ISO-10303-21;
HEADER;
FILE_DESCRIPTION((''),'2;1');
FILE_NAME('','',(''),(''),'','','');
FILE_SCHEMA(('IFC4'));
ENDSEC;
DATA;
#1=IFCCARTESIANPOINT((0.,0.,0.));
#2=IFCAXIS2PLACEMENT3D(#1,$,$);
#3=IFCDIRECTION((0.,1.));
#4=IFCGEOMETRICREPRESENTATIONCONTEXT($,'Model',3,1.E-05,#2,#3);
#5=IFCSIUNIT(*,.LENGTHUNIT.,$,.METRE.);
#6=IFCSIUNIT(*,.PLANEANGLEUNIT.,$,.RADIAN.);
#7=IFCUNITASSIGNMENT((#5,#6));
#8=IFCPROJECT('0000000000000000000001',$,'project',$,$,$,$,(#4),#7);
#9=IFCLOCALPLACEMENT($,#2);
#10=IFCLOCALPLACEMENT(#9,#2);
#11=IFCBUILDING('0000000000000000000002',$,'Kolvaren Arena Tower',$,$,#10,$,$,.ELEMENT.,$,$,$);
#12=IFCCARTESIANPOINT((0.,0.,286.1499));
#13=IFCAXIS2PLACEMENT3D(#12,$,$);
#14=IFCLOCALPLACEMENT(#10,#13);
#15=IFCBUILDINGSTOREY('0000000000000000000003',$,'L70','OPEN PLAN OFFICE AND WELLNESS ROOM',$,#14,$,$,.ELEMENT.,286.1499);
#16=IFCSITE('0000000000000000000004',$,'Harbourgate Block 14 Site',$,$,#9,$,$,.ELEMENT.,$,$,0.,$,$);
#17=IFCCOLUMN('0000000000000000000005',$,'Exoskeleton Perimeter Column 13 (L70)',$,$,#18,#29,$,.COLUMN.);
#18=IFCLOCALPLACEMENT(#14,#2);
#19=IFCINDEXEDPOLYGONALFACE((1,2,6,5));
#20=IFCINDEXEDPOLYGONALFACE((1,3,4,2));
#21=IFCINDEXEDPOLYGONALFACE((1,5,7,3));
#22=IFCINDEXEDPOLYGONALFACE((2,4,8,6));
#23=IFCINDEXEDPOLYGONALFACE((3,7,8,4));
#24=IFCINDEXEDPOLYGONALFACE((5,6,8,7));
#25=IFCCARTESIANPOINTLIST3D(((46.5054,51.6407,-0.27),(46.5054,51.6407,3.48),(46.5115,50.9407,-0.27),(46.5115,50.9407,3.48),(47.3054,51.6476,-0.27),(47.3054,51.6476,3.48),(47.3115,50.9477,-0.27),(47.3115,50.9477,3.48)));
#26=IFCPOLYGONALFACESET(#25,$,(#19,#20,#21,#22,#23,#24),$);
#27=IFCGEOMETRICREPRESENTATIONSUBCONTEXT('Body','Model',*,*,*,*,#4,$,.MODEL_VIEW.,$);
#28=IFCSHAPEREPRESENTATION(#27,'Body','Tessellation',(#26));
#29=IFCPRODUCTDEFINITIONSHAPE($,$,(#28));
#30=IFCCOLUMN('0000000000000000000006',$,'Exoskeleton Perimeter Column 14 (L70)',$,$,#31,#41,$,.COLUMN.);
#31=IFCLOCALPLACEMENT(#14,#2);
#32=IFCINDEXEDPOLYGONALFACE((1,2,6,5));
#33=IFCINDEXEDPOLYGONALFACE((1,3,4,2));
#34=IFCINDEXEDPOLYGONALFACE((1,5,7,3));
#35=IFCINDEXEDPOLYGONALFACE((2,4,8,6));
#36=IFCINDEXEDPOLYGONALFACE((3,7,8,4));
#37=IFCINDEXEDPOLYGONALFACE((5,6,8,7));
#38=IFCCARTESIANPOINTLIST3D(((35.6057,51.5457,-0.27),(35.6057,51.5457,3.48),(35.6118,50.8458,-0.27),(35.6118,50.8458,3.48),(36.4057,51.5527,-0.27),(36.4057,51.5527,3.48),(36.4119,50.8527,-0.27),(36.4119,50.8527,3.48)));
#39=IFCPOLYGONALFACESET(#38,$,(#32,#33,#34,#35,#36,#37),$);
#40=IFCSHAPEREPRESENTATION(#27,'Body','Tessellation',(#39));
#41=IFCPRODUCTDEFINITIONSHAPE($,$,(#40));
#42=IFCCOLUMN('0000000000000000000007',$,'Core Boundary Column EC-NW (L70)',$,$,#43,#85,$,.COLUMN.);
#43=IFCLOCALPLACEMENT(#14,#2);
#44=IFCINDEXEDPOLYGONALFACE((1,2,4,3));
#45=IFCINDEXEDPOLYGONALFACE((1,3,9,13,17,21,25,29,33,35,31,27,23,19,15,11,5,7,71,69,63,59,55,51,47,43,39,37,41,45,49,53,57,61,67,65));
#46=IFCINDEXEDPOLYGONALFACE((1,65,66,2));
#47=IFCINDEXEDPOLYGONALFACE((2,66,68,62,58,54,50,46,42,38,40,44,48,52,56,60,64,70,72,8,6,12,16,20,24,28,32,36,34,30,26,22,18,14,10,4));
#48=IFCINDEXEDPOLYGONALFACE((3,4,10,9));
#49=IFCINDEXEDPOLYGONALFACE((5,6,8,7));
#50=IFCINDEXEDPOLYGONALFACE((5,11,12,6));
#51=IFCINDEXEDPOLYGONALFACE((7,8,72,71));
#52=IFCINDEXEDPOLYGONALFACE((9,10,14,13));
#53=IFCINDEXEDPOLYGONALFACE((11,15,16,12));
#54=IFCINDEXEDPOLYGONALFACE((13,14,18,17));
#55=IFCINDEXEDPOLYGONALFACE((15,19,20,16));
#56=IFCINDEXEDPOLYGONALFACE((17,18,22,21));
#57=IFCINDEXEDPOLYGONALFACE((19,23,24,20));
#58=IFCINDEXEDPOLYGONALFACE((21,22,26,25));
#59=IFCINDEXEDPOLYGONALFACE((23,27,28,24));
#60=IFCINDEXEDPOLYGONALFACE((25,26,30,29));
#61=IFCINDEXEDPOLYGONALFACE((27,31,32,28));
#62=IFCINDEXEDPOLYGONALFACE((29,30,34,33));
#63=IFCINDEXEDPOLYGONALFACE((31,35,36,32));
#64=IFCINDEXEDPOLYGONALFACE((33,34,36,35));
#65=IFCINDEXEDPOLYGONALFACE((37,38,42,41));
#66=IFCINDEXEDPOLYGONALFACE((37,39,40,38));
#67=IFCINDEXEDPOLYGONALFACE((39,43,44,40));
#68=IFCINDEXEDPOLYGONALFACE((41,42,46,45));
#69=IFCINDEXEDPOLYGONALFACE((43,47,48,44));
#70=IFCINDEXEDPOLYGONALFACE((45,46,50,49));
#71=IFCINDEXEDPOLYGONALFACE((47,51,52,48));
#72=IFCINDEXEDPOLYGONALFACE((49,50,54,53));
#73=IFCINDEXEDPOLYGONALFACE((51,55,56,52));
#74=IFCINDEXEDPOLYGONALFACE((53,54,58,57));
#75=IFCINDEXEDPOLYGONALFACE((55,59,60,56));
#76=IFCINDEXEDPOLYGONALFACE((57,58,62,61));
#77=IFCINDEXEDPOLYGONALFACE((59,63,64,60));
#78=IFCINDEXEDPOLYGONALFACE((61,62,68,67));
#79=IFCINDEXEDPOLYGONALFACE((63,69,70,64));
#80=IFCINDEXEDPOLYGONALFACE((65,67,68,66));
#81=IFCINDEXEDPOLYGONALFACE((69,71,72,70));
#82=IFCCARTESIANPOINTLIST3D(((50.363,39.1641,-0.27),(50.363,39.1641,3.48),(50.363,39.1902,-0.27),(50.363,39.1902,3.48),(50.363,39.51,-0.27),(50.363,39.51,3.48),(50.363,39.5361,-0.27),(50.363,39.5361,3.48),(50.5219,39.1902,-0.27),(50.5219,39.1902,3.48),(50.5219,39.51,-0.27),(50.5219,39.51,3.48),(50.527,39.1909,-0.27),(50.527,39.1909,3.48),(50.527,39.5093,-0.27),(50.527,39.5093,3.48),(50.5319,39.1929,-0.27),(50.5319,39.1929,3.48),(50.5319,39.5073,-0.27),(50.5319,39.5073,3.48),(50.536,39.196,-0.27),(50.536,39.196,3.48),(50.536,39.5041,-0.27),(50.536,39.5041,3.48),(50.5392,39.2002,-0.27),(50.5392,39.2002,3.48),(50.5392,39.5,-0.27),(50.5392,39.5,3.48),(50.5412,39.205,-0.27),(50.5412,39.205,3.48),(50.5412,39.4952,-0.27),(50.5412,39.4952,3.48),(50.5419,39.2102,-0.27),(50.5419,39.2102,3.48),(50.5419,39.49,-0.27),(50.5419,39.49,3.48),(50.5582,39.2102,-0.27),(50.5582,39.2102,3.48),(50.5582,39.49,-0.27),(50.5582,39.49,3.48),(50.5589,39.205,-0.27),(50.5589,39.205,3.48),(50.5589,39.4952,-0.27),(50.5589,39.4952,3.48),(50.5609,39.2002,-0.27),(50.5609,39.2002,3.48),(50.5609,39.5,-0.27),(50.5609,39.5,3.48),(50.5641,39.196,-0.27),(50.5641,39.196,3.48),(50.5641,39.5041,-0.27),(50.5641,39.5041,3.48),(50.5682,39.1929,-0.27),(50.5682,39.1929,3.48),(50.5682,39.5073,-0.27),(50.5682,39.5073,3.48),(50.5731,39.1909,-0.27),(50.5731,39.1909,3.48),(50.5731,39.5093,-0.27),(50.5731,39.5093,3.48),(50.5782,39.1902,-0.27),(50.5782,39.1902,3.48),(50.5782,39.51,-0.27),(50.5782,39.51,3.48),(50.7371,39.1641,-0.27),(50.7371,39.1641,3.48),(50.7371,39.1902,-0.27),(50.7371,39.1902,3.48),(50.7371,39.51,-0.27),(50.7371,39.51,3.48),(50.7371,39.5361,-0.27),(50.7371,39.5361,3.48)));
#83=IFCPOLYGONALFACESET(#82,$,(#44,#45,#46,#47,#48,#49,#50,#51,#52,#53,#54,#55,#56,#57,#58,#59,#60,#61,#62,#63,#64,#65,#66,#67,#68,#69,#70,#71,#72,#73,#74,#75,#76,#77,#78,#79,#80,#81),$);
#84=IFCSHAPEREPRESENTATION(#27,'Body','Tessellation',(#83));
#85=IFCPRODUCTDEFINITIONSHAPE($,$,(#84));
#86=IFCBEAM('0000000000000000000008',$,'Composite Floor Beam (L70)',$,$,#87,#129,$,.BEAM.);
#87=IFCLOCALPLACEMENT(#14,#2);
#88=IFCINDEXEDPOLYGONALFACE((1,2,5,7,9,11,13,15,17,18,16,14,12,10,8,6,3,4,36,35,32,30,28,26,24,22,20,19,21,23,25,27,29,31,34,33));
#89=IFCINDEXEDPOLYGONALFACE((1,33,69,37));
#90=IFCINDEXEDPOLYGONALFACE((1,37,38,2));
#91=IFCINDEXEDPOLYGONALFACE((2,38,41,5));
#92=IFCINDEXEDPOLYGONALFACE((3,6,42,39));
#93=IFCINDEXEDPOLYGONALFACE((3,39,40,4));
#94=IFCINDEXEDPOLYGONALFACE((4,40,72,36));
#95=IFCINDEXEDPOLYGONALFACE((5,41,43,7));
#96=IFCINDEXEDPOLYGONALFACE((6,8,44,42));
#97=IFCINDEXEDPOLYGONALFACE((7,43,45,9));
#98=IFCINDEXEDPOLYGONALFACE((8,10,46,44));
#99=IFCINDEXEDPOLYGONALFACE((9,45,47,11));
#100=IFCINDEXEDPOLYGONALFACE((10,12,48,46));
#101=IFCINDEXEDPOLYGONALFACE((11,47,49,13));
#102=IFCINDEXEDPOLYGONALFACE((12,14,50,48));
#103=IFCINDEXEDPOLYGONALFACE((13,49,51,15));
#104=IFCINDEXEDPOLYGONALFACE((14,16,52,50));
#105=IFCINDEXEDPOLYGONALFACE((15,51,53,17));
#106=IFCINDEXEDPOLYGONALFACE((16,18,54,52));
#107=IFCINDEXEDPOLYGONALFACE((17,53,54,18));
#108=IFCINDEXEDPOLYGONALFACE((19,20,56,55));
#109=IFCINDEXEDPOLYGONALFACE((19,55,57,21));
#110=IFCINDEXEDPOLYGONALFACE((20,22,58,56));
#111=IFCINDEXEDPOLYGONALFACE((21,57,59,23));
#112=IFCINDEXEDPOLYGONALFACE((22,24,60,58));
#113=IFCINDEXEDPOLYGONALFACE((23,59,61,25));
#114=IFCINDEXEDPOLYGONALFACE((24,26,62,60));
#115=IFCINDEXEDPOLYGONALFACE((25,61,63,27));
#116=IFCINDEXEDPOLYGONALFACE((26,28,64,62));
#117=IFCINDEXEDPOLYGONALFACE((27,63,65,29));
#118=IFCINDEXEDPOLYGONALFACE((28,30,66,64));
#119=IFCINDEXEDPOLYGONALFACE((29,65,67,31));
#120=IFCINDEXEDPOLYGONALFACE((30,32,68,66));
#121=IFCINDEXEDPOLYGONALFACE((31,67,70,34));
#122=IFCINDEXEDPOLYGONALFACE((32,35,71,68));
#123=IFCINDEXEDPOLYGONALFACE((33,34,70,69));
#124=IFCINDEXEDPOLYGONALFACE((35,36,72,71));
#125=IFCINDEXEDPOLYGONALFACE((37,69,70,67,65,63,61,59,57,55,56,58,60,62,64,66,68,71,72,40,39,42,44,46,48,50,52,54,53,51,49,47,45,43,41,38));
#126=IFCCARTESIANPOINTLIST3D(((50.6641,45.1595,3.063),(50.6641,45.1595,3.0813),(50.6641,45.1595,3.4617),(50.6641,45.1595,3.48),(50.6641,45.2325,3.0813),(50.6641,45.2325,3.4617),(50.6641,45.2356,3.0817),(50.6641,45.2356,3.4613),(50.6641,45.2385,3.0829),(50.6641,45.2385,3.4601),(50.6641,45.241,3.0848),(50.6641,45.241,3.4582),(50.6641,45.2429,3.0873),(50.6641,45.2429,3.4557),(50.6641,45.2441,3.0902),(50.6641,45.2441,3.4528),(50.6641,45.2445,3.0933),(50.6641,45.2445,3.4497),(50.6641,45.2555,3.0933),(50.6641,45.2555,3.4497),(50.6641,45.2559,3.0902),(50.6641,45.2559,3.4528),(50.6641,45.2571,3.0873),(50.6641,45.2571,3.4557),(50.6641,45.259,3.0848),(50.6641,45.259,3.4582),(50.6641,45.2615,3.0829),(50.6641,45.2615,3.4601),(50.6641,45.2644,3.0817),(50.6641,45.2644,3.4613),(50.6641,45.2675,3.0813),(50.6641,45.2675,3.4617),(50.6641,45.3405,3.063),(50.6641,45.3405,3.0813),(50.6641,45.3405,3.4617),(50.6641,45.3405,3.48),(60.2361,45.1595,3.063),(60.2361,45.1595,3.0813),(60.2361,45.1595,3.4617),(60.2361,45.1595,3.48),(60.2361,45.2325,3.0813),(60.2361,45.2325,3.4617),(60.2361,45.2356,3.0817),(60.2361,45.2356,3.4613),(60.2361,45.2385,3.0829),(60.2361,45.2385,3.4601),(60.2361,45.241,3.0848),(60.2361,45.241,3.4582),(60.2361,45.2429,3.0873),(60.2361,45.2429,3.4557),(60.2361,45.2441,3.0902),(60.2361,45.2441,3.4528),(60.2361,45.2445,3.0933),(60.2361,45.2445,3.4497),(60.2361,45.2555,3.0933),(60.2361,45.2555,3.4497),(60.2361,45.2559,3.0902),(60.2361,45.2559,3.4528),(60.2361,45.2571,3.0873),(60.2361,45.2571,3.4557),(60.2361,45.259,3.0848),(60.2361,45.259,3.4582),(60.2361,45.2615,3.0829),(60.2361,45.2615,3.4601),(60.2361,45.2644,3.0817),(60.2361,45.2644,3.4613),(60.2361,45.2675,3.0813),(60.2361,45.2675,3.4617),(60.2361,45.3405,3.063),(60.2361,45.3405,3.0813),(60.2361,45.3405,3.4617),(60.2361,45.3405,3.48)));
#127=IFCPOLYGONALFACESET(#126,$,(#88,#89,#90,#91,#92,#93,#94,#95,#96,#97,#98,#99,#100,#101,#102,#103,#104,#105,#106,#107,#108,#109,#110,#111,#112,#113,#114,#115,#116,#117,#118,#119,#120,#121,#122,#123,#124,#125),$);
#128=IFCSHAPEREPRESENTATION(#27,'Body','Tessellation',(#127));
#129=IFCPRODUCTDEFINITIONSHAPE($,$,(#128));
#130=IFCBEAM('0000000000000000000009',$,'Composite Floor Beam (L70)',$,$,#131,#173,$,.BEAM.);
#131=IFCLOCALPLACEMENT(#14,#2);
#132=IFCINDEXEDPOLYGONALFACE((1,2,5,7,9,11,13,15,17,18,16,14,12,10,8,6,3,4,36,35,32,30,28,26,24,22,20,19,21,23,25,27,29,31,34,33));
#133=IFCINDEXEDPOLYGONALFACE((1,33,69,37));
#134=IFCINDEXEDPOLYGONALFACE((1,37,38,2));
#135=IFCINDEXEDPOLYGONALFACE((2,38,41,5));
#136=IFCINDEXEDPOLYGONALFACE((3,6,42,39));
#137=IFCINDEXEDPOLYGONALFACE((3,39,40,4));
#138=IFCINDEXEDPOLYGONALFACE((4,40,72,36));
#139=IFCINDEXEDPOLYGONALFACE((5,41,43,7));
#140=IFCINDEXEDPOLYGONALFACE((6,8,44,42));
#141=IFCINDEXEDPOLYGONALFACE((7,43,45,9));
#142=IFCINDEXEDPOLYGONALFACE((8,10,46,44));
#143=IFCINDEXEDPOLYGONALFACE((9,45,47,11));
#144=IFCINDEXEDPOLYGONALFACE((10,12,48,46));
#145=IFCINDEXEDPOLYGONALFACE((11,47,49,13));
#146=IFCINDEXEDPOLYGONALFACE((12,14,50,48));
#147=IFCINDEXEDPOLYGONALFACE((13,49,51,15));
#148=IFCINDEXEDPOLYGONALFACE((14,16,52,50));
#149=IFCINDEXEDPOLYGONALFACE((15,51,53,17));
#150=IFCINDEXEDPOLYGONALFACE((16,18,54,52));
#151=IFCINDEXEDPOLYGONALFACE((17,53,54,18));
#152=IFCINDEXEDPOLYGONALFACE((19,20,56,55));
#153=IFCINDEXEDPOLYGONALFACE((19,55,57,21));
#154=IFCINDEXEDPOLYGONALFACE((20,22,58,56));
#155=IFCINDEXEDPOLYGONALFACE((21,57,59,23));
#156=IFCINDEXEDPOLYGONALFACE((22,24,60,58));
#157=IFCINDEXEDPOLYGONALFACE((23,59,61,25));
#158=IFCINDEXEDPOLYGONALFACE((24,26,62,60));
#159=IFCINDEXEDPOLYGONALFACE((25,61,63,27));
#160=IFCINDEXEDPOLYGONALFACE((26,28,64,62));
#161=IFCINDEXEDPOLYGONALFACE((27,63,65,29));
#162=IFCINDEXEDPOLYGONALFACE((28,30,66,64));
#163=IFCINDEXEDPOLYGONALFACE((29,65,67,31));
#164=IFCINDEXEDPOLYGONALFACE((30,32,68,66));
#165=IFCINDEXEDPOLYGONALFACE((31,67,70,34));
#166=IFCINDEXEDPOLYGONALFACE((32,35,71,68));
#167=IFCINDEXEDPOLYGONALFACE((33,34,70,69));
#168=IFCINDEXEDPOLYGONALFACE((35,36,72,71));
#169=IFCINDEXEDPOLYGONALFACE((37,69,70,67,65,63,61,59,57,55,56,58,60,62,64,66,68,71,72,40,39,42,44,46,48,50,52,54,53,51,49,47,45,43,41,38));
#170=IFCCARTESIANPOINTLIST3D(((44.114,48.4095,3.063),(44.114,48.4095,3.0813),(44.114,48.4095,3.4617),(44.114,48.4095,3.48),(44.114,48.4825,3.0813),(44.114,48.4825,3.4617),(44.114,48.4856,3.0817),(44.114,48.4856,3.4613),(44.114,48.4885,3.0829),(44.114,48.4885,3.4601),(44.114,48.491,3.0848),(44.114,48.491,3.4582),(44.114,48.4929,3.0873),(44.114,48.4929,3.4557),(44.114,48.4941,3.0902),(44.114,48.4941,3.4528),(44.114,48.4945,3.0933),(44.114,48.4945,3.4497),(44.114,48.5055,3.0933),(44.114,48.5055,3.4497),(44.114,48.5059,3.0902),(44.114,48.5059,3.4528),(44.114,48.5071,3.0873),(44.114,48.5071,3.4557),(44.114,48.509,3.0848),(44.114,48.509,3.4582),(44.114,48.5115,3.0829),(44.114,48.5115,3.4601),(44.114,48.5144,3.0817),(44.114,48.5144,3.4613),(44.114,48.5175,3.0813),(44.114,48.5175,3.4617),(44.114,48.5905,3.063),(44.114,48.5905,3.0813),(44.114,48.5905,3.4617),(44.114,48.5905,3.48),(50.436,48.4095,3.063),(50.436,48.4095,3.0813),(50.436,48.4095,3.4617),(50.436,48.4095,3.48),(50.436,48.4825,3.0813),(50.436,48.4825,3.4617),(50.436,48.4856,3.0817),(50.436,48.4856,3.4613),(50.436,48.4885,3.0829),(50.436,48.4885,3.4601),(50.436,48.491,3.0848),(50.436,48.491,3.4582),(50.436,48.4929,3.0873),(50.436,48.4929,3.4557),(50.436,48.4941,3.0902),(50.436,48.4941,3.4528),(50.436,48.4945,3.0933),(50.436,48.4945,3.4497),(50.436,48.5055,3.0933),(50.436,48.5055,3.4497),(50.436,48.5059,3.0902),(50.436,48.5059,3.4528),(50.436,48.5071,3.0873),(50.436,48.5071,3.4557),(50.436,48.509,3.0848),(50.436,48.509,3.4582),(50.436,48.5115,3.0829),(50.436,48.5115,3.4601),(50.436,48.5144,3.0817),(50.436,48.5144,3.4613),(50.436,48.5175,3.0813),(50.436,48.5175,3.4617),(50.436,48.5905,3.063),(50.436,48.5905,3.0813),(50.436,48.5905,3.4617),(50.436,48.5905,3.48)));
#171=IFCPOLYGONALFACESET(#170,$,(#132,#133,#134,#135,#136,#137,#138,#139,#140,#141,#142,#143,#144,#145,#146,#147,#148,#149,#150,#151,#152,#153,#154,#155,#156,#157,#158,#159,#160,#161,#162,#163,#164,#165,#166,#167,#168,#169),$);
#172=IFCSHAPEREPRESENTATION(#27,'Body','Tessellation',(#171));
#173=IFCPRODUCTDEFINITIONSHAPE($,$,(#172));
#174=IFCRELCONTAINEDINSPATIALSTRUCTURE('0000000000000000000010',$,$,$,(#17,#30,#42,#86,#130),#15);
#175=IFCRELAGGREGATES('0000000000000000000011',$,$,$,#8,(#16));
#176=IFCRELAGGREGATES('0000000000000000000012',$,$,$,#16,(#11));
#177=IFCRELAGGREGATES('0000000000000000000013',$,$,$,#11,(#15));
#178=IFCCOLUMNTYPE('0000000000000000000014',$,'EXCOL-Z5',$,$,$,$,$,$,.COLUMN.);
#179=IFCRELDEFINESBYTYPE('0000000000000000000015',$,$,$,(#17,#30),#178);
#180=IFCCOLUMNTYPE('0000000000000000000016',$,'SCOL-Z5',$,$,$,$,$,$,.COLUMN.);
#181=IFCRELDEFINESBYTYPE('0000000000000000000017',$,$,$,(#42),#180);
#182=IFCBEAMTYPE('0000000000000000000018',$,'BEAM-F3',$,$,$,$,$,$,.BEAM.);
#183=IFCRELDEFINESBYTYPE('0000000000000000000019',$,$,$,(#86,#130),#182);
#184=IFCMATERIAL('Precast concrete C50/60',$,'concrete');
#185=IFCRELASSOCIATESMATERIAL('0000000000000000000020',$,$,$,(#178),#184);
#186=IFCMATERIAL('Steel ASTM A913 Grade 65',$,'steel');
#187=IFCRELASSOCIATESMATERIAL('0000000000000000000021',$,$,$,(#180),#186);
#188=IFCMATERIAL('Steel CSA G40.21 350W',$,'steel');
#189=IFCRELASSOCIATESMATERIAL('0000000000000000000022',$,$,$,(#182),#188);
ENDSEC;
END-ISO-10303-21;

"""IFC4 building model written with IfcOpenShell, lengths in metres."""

from ifc_helpers import new_model, si_unit, direction, frame, origin, origin_2d, place, context, subcontext, project, spatial, rectangle, i_section, extrude, material, material_profile, profile_set, type_object, element, save


model = new_model("IFC4")

# Units and contexts
model_context = context("Model", 3, precision=1e-05, world=origin(), true_north=direction((0.0, 1.0)))
body_context = subcontext(model_context, "Body", "Model", "MODEL_VIEW")
ifc_project = project(units=[si_unit("LENGTHUNIT", "METRE"), si_unit("PLANEANGLEUNIT", "RADIAN")], contexts=[model_context])

# Site, building, storey
site_placement = place(None, origin())
site = spatial("IfcSite", under=ifc_project, at=site_placement, Name="Harbourgate Block 14 Site", CompositionType="ELEMENT", RefElevation=0.0)
building_placement = place(site_placement, origin())
building = spatial("IfcBuilding", under=site, at=building_placement, Name="Kolvaren Arena Tower", CompositionType="ELEMENT")
storey_placement = place(building_placement, frame((0.0, 0.0, 286.1499)))
storey = spatial("IfcBuildingStorey", under=building, at=storey_placement, Name="L70", Description="OPEN PLAN OFFICE AND WELLNESS ROOM", CompositionType="ELEMENT", Elevation=286.1499)

# Columns
ifc_material_1 = material(Name="Precast concrete C50/60", Category="concrete")
ifc_material_profile_1 = material_profile(ifc_material_1, rectangle(XDim=0.8, YDim=0.7, at=origin_2d()), Name="RC-800x700")
ifc_profile_set_1 = profile_set([ifc_material_profile_1], Name="Precast concrete C50/60")
column_type_1 = type_object("IfcColumnType", Name="EXCOL-Z5", PredefinedType="COLUMN", material=ifc_profile_set_1)
for number, where, z_axis, x_axis, name in (
    (1, (46.9084, 51.2942, -0.27), (0.0, 0.0, 1.0), (0.999962, 0.008727, 0.0), "Exoskeleton Perimeter Column 13 (L70)"),
    (2, (36.0088, 51.1992, -0.27), (0.0, 0.0, 1.0), (0.999962, 0.008727, 0.0), "Exoskeleton Perimeter Column 14 (L70)"),
):
    element("IfcColumn", number, at=place(storey_placement, frame(where, z_axis=z_axis, x_axis=x_axis)), inside=storey, type_object=column_type_1, Name=name, PredefinedType="COLUMN", context=body_context, shape_type="SweptSolid", body=[
        extrude(rectangle(XDim=0.8, YDim=0.7, at=origin_2d()), origin(), (0.0, 0.0, 1.0), 3.75),
    ])
ifc_material_2 = material(Name="Steel ASTM A913 Grade 65", Category="steel")
ifc_material_profile_2 = material_profile(ifc_material_2, i_section(OverallWidth=0.374, OverallDepth=0.3721, WebThickness=0.0164, FlangeThickness=0.0261, FilletRadius=0.02, at=origin_2d()), Name="W360x196")
ifc_profile_set_2 = profile_set([ifc_material_profile_2], Name="Steel ASTM A913 Grade 65")
column_type_2 = type_object("IfcColumnType", Name="SCOL-Z5", PredefinedType="COLUMN", material=ifc_profile_set_2)
column_placement = place(storey_placement, frame((50.55, 39.3501, -0.27), z_axis=(0.0, 0.0, 1.0), x_axis=(1.0, 0.0, 0.0)))
element("IfcColumn", 3, at=column_placement, inside=storey, type_object=column_type_2, Name="Core Boundary Column EC-NW (L70)", PredefinedType="COLUMN", context=body_context, shape_type="SweptSolid", body=[
    extrude(i_section(OverallWidth=0.374, OverallDepth=0.3721, WebThickness=0.0164, FlangeThickness=0.0261, FilletRadius=0.02, at=origin_2d()), origin(), (0.0, 0.0, 1.0), 3.75),
])

# Beams
ifc_material_3 = material(Name="Steel CSA G40.21 350W", Category="steel")
ifc_material_profile_3 = material_profile(ifc_material_3, i_section(OverallWidth=0.1809, OverallDepth=0.417, WebThickness=0.011, FlangeThickness=0.0183, FilletRadius=0.012, at=origin_2d()), Name="W410x85")
ifc_profile_set_3 = profile_set([ifc_material_profile_3], Name="Steel CSA G40.21 350W")
beam_type_1 = type_object("IfcBeamType", Name="BEAM-F3", PredefinedType="BEAM", material=ifc_profile_set_3)
beam_1_placement = place(storey_placement, frame((50.6641, 45.25, 3.2715), z_axis=(1.0, 0.0, 0.0), x_axis=(0.0, 1.0, 0.0)))
element("IfcBeam", 4, at=beam_1_placement, inside=storey, type_object=beam_type_1, Name="Composite Floor Beam (L70)", PredefinedType="BEAM", context=body_context, shape_type="SweptSolid", body=[
    extrude(i_section(OverallWidth=0.1809, OverallDepth=0.417, WebThickness=0.011, FlangeThickness=0.0183, FilletRadius=0.012, at=origin_2d()), origin(), (0.0, 0.0, 1.0), 9.572),
])
beam_2_placement = place(storey_placement, frame((44.114, 48.5, 3.2715), z_axis=(1.0, 0.0, 0.0), x_axis=(0.0, 1.0, 0.0)))
element("IfcBeam", 5, at=beam_2_placement, inside=storey, type_object=beam_type_1, Name="Composite Floor Beam (L70)", PredefinedType="BEAM", context=body_context, shape_type="SweptSolid", body=[
    extrude(i_section(OverallWidth=0.1809, OverallDepth=0.417, WebThickness=0.011, FlangeThickness=0.0183, FilletRadius=0.012, at=origin_2d()), origin(), (0.0, 0.0, 1.0), 6.322),
])

save(model, "model.ifc")
